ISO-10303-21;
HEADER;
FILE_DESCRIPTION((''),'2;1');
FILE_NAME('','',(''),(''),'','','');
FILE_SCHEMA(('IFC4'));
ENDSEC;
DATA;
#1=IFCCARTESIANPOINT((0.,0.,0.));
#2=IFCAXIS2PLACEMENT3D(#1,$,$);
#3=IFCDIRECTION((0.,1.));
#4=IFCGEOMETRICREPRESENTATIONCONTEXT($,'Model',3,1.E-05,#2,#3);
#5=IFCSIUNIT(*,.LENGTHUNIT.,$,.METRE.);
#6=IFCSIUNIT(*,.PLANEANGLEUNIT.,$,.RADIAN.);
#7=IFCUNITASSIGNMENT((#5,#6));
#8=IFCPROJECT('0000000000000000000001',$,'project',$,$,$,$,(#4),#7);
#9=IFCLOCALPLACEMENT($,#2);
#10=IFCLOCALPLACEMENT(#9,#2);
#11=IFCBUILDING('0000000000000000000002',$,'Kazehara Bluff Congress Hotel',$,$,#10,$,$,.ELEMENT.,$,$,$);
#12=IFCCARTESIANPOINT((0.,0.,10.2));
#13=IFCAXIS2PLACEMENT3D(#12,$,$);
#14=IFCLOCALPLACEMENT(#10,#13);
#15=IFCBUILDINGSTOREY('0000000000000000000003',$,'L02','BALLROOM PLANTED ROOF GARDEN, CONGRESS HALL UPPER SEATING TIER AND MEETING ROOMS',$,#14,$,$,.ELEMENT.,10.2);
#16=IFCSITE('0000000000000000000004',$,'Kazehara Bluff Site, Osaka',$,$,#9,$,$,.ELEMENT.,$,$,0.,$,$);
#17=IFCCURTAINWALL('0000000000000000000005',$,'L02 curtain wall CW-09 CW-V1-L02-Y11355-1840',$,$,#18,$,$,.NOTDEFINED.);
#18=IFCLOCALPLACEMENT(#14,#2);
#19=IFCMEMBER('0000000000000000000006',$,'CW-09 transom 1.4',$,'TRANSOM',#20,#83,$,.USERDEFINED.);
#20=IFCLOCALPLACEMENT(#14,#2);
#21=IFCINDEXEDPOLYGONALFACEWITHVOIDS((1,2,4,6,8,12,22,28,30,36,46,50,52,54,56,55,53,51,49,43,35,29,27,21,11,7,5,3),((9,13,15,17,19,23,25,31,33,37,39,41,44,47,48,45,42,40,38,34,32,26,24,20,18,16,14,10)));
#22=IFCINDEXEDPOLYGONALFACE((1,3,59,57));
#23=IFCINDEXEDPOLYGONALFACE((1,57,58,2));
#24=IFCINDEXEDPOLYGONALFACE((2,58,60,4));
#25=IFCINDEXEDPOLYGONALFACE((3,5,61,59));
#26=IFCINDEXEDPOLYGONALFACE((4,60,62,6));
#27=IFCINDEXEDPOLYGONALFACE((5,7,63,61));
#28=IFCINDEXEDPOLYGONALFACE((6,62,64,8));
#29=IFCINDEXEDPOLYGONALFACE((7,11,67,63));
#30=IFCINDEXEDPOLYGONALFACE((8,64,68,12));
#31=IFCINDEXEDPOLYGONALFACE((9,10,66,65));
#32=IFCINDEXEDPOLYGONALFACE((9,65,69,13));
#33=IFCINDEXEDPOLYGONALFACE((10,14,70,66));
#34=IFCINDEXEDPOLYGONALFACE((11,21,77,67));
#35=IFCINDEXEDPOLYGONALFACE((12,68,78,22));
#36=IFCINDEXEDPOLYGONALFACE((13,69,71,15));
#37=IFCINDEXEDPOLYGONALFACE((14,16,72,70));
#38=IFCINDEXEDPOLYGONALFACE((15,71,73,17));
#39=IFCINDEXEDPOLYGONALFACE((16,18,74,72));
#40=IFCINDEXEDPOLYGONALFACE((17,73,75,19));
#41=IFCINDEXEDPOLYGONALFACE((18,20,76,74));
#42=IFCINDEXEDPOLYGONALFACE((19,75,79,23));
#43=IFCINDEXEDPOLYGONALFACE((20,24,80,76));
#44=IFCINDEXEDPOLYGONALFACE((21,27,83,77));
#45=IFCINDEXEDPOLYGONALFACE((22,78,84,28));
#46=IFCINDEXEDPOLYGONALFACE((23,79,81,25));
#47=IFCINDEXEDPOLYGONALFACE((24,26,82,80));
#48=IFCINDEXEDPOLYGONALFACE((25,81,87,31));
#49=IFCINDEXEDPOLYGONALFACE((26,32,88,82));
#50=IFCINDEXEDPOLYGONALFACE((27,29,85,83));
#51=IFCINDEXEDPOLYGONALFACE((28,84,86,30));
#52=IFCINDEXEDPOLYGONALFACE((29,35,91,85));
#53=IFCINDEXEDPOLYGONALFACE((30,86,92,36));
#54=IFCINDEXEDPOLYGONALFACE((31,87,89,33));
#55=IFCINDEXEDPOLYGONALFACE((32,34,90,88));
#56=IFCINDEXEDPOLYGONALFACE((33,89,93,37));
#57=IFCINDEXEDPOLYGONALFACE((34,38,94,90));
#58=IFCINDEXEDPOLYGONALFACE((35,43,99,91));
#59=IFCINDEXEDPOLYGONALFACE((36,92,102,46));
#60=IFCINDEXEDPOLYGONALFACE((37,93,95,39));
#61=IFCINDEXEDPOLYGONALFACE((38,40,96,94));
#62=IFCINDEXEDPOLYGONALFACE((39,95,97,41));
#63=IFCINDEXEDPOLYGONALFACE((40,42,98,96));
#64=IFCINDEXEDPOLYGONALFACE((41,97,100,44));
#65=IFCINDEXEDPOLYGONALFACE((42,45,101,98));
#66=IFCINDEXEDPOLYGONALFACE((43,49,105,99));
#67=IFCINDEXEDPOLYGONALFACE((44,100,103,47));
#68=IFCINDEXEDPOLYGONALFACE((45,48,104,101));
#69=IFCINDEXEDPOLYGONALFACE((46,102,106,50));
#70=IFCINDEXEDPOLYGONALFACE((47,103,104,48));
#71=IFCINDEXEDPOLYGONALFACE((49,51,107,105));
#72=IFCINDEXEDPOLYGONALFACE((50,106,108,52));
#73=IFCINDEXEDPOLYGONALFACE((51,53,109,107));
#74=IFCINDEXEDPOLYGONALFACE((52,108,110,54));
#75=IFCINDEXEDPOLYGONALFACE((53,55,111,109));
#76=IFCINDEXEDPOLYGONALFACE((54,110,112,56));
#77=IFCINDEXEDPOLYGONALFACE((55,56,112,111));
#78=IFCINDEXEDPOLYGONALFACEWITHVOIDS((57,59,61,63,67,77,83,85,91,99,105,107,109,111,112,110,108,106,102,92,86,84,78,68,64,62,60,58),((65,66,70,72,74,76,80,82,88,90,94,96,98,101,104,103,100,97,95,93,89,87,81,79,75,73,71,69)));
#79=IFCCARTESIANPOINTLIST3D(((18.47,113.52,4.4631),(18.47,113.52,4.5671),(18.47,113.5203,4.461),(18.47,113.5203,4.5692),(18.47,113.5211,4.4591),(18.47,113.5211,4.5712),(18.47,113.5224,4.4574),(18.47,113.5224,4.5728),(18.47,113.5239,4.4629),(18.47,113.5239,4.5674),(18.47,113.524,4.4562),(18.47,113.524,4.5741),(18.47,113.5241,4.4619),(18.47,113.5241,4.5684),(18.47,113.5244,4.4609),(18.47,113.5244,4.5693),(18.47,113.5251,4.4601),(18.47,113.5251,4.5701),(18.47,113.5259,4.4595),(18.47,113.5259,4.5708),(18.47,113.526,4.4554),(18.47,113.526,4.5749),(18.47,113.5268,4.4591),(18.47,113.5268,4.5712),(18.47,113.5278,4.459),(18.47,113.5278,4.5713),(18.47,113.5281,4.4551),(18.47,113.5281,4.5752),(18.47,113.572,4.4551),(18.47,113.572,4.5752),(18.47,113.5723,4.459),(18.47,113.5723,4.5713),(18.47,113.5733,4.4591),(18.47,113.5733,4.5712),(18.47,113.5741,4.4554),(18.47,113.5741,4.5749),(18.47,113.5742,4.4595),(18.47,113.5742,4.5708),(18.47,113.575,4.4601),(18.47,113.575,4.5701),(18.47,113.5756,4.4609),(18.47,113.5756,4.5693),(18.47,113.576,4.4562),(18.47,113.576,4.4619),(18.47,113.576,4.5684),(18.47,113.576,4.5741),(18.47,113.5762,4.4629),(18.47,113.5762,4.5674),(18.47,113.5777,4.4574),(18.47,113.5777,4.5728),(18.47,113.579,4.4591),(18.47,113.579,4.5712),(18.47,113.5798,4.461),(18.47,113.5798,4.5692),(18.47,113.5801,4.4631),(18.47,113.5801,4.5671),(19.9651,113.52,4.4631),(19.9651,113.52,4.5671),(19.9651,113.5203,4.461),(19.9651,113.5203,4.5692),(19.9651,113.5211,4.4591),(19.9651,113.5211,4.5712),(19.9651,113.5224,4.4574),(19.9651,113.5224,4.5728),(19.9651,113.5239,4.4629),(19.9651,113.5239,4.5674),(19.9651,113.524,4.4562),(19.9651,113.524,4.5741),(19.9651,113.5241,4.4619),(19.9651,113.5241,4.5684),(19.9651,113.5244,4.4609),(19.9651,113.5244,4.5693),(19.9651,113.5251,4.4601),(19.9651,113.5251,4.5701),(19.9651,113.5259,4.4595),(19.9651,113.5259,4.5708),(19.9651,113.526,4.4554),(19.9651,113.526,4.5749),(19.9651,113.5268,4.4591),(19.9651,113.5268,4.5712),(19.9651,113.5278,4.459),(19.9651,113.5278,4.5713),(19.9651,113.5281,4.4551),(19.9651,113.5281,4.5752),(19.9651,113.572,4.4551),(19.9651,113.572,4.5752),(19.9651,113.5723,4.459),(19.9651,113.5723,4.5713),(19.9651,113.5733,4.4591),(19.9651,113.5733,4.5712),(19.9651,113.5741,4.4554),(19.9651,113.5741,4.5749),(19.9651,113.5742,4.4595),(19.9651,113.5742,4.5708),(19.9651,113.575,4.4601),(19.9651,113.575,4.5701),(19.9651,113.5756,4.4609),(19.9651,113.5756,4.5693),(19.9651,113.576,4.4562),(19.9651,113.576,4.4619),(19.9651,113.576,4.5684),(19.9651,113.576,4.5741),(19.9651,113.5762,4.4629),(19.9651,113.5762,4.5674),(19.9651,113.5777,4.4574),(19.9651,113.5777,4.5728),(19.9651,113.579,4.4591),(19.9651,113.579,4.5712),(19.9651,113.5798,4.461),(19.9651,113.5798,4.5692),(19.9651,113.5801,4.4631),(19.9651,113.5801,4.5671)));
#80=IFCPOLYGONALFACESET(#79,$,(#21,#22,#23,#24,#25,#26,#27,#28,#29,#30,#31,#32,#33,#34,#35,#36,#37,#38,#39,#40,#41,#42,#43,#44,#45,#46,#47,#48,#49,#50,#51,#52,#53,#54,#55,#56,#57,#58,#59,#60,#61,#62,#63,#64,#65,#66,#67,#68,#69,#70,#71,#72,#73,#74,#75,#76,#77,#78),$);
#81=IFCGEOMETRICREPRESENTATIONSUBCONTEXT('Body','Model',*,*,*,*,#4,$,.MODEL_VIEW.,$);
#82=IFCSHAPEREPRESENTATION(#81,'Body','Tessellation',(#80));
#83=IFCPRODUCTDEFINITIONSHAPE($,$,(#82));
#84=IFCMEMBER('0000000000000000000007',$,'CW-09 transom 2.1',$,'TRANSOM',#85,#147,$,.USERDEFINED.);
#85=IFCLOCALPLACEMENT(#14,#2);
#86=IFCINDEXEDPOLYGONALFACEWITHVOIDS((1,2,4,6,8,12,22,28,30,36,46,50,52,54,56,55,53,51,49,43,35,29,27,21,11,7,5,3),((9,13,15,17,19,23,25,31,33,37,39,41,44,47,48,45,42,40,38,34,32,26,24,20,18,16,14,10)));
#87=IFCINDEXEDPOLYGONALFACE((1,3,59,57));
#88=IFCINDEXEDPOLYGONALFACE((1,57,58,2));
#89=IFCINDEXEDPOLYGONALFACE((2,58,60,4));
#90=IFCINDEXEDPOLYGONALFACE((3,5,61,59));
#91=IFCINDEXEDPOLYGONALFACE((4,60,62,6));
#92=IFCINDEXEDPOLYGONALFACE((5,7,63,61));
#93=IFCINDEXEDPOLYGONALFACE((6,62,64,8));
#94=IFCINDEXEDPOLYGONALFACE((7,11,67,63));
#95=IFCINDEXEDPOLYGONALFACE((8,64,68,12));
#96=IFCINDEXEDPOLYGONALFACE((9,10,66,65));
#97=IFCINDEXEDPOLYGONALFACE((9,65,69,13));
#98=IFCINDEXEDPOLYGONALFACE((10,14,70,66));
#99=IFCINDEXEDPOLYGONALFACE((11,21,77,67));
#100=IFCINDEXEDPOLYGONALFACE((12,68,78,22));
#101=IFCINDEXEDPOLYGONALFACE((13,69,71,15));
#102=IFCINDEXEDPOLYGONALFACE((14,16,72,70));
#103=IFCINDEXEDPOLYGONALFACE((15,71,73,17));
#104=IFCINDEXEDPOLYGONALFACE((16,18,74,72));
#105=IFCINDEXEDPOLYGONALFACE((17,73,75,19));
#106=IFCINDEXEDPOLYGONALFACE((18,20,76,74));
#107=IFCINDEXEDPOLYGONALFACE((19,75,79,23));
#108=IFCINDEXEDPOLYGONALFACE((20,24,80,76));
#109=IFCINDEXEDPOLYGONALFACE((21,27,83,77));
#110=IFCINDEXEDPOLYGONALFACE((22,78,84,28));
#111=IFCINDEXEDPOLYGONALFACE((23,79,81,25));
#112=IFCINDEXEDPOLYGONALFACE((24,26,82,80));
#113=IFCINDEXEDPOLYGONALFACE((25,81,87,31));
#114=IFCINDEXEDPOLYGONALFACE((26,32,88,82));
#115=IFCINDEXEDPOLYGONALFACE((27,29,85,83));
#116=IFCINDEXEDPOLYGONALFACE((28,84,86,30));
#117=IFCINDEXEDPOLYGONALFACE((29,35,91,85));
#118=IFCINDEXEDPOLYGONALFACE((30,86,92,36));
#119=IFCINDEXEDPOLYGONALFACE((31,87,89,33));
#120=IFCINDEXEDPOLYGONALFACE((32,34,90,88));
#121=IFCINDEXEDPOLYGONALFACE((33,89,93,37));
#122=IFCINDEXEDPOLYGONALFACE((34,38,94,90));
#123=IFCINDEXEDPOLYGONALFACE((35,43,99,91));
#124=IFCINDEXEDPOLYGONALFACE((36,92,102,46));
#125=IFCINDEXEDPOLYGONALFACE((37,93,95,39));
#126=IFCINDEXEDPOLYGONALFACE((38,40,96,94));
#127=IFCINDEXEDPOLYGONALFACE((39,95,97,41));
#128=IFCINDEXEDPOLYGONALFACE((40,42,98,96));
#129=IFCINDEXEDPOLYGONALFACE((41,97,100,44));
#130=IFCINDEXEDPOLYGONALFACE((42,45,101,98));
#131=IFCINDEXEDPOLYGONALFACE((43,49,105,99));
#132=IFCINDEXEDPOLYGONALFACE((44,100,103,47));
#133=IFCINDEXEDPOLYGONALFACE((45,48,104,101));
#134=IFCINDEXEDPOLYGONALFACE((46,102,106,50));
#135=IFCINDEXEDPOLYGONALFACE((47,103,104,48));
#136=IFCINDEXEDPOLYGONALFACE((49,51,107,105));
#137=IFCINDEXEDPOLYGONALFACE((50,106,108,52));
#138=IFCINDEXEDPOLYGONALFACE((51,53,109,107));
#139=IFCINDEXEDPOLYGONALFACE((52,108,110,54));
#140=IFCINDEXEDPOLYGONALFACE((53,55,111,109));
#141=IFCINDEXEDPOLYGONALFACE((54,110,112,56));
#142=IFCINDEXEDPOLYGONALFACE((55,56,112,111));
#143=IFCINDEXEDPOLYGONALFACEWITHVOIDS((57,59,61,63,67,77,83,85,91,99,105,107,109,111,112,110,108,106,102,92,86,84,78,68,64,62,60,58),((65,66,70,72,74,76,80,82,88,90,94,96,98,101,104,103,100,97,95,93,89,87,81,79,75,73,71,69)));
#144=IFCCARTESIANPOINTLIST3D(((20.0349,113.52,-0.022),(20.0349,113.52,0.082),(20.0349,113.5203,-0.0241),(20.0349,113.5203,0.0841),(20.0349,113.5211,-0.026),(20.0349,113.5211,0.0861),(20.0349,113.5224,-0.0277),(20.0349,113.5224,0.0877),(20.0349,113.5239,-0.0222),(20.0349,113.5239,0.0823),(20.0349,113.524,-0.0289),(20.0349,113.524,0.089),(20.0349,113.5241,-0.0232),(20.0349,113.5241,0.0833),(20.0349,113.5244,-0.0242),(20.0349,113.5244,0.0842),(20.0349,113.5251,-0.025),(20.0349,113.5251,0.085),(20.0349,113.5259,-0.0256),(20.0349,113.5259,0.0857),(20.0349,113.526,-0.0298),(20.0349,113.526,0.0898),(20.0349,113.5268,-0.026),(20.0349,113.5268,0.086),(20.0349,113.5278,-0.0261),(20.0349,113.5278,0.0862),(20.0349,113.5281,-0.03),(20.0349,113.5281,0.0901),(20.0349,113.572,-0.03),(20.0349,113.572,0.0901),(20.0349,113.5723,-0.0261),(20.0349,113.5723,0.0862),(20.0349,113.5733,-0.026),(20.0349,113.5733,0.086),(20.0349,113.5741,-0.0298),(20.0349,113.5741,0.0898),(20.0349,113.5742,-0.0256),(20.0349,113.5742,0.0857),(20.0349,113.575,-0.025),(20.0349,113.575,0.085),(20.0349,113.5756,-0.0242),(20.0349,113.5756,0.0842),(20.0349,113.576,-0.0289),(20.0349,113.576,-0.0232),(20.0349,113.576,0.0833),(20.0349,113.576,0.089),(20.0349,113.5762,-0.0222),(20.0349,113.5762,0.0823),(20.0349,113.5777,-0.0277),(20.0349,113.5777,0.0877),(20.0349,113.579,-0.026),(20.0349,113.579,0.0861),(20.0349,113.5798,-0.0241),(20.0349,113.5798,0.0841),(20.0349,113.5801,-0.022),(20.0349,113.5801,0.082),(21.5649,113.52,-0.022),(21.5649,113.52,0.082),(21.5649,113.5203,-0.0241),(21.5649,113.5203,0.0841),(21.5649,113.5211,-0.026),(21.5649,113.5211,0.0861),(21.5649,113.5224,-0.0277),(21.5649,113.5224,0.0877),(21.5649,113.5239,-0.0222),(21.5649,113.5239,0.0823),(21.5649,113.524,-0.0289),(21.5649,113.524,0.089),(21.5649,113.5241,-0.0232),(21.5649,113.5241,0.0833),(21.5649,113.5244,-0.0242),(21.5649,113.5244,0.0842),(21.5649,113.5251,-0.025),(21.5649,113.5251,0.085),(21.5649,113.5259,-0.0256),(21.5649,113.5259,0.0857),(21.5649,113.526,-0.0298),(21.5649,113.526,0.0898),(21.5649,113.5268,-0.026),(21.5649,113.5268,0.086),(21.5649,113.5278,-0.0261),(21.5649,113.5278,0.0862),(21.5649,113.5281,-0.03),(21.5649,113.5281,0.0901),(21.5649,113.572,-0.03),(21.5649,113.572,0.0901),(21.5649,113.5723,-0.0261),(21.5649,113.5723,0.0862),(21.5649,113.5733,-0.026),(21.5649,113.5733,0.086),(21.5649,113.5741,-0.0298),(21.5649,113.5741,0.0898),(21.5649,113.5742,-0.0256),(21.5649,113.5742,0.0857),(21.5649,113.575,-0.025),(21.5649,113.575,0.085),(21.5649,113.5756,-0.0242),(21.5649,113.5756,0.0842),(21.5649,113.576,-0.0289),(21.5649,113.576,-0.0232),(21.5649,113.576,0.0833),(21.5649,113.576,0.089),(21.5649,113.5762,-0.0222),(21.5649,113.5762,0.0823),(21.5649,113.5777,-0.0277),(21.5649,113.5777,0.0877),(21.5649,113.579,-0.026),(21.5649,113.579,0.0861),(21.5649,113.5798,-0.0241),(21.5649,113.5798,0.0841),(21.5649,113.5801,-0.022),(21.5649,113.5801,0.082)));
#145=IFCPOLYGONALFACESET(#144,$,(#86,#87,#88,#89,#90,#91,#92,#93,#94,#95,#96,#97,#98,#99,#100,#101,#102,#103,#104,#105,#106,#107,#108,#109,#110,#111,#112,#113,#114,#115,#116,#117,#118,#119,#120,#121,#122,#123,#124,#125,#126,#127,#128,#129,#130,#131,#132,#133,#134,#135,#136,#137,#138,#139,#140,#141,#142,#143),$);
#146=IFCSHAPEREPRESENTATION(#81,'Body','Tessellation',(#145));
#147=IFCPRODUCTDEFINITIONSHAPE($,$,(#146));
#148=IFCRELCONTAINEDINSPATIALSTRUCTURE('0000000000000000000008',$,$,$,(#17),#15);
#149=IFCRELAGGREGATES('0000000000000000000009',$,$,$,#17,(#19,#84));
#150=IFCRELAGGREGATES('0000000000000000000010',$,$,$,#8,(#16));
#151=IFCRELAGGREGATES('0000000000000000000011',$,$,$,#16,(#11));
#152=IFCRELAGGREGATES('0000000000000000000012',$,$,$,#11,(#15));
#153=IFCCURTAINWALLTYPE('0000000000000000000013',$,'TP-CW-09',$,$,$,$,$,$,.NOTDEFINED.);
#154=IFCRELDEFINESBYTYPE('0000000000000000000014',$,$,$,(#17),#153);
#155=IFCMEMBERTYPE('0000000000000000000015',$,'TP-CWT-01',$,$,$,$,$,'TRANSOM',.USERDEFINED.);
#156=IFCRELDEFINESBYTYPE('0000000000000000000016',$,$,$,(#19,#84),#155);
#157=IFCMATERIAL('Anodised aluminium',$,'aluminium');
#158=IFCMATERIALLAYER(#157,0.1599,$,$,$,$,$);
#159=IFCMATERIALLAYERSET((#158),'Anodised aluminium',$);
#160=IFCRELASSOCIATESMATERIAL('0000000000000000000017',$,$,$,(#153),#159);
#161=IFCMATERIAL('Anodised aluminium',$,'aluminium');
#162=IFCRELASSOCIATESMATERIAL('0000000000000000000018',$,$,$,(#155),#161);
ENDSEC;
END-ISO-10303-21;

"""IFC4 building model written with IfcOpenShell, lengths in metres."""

from ifc_helpers import new_model, si_unit, direction, frame, origin, origin_2d, place, context, subcontext, project, spatial, hollow_rectangle, extrude, material, layer, layer_set, material_profile, profile_set, type_object, element, aggregate, save


model = new_model("IFC4")

# Units and contexts
model_context = context("Model", 3, precision=1e-05, world=origin(), true_north=direction((0.0, 1.0)))
body_context = subcontext(model_context, "Body", "Model", "MODEL_VIEW")
ifc_project = project(units=[si_unit("LENGTHUNIT", "METRE"), si_unit("PLANEANGLEUNIT", "RADIAN")], contexts=[model_context])

# Site, building, storey
site_placement = place(None, origin())
site = spatial("IfcSite", under=ifc_project, at=site_placement, Name="Kazehara Bluff Site, Osaka", CompositionType="ELEMENT", RefElevation=0.0)
building_placement = place(site_placement, origin())
building = spatial("IfcBuilding", under=site, at=building_placement, Name="Kazehara Bluff Congress Hotel", CompositionType="ELEMENT")
storey_placement = place(building_placement, frame((0.0, 0.0, 10.2)))
storey = spatial("IfcBuildingStorey", under=building, at=storey_placement, Name="L02", Description="BALLROOM PLANTED ROOF GARDEN, CONGRESS HALL UPPER SEATING TIER AND MEETING ROOMS", CompositionType="ELEMENT", Elevation=10.2)

# Curtain wall, members
ifc_material_1 = material(Name="Anodised aluminium", Category="aluminium")
ifc_layer_1 = layer(ifc_material_1, 0.1599)
ifc_layer_set_1 = layer_set([ifc_layer_1], Name="Anodised aluminium")
curtain_wall_type = type_object("IfcCurtainWallType", Name="TP-CW-09", PredefinedType="NOTDEFINED", material=ifc_layer_set_1)
curtain_wall_placement = place(storey_placement, origin())
curtain_wall = element("IfcCurtainWall", 1, at=curtain_wall_placement, inside=storey, type_object=curtain_wall_type, Name="L02 curtain wall CW-09 CW-V1-L02-Y11355-1840", PredefinedType="NOTDEFINED")
ifc_material_2 = material(Name="Anodised aluminium", Category="aluminium")
ifc_material_profile_1 = material_profile(ifc_material_2, hollow_rectangle(XDim=0.0601, YDim=0.1201, WallThickness=0.0039, InnerFilletRadius=0.0039, OuterFilletRadius=0.0081, at=origin_2d()))
ifc_profile_set_1 = profile_set([ifc_material_profile_1], Name="Anodised aluminium")
member_type_1 = type_object("IfcMemberType", Name="TP-CWT-01", ElementType="TRANSOM", PredefinedType="USERDEFINED", material=ifc_profile_set_1)
member_1_placement = place(storey_placement, frame((18.47, 113.55, 4.5151), z_axis=(1.0, 0.0, 0.0), x_axis=(0.0, 1.0, 0.0)))
member_1 = element("IfcMember", 2, at=member_1_placement, type_object=member_type_1, Name="CW-09 transom 1.4", ObjectType="TRANSOM", PredefinedType="USERDEFINED", context=body_context, shape_type="SweptSolid", body=[
    extrude(hollow_rectangle(XDim=0.0601, YDim=0.1201, WallThickness=0.0039, InnerFilletRadius=0.0039, OuterFilletRadius=0.0081, at=origin_2d()), origin(), (0.0, 0.0, 1.0), 1.4951),
])
member_2_placement = place(storey_placement, frame((20.0349, 113.55, 0.03), z_axis=(1.0, 0.0, 0.0), x_axis=(0.0, 1.0, 0.0)))
member_2 = element("IfcMember", 3, at=member_2_placement, type_object=member_type_1, Name="CW-09 transom 2.1", ObjectType="TRANSOM", PredefinedType="USERDEFINED", context=body_context, shape_type="SweptSolid", body=[
    extrude(hollow_rectangle(XDim=0.0601, YDim=0.1201, WallThickness=0.0039, InnerFilletRadius=0.0039, OuterFilletRadius=0.0081, at=origin_2d()), origin(), (0.0, 0.0, 1.0), 1.53),
])
aggregate(curtain_wall, [member_1, member_2])

save(model, "model.ifc")
